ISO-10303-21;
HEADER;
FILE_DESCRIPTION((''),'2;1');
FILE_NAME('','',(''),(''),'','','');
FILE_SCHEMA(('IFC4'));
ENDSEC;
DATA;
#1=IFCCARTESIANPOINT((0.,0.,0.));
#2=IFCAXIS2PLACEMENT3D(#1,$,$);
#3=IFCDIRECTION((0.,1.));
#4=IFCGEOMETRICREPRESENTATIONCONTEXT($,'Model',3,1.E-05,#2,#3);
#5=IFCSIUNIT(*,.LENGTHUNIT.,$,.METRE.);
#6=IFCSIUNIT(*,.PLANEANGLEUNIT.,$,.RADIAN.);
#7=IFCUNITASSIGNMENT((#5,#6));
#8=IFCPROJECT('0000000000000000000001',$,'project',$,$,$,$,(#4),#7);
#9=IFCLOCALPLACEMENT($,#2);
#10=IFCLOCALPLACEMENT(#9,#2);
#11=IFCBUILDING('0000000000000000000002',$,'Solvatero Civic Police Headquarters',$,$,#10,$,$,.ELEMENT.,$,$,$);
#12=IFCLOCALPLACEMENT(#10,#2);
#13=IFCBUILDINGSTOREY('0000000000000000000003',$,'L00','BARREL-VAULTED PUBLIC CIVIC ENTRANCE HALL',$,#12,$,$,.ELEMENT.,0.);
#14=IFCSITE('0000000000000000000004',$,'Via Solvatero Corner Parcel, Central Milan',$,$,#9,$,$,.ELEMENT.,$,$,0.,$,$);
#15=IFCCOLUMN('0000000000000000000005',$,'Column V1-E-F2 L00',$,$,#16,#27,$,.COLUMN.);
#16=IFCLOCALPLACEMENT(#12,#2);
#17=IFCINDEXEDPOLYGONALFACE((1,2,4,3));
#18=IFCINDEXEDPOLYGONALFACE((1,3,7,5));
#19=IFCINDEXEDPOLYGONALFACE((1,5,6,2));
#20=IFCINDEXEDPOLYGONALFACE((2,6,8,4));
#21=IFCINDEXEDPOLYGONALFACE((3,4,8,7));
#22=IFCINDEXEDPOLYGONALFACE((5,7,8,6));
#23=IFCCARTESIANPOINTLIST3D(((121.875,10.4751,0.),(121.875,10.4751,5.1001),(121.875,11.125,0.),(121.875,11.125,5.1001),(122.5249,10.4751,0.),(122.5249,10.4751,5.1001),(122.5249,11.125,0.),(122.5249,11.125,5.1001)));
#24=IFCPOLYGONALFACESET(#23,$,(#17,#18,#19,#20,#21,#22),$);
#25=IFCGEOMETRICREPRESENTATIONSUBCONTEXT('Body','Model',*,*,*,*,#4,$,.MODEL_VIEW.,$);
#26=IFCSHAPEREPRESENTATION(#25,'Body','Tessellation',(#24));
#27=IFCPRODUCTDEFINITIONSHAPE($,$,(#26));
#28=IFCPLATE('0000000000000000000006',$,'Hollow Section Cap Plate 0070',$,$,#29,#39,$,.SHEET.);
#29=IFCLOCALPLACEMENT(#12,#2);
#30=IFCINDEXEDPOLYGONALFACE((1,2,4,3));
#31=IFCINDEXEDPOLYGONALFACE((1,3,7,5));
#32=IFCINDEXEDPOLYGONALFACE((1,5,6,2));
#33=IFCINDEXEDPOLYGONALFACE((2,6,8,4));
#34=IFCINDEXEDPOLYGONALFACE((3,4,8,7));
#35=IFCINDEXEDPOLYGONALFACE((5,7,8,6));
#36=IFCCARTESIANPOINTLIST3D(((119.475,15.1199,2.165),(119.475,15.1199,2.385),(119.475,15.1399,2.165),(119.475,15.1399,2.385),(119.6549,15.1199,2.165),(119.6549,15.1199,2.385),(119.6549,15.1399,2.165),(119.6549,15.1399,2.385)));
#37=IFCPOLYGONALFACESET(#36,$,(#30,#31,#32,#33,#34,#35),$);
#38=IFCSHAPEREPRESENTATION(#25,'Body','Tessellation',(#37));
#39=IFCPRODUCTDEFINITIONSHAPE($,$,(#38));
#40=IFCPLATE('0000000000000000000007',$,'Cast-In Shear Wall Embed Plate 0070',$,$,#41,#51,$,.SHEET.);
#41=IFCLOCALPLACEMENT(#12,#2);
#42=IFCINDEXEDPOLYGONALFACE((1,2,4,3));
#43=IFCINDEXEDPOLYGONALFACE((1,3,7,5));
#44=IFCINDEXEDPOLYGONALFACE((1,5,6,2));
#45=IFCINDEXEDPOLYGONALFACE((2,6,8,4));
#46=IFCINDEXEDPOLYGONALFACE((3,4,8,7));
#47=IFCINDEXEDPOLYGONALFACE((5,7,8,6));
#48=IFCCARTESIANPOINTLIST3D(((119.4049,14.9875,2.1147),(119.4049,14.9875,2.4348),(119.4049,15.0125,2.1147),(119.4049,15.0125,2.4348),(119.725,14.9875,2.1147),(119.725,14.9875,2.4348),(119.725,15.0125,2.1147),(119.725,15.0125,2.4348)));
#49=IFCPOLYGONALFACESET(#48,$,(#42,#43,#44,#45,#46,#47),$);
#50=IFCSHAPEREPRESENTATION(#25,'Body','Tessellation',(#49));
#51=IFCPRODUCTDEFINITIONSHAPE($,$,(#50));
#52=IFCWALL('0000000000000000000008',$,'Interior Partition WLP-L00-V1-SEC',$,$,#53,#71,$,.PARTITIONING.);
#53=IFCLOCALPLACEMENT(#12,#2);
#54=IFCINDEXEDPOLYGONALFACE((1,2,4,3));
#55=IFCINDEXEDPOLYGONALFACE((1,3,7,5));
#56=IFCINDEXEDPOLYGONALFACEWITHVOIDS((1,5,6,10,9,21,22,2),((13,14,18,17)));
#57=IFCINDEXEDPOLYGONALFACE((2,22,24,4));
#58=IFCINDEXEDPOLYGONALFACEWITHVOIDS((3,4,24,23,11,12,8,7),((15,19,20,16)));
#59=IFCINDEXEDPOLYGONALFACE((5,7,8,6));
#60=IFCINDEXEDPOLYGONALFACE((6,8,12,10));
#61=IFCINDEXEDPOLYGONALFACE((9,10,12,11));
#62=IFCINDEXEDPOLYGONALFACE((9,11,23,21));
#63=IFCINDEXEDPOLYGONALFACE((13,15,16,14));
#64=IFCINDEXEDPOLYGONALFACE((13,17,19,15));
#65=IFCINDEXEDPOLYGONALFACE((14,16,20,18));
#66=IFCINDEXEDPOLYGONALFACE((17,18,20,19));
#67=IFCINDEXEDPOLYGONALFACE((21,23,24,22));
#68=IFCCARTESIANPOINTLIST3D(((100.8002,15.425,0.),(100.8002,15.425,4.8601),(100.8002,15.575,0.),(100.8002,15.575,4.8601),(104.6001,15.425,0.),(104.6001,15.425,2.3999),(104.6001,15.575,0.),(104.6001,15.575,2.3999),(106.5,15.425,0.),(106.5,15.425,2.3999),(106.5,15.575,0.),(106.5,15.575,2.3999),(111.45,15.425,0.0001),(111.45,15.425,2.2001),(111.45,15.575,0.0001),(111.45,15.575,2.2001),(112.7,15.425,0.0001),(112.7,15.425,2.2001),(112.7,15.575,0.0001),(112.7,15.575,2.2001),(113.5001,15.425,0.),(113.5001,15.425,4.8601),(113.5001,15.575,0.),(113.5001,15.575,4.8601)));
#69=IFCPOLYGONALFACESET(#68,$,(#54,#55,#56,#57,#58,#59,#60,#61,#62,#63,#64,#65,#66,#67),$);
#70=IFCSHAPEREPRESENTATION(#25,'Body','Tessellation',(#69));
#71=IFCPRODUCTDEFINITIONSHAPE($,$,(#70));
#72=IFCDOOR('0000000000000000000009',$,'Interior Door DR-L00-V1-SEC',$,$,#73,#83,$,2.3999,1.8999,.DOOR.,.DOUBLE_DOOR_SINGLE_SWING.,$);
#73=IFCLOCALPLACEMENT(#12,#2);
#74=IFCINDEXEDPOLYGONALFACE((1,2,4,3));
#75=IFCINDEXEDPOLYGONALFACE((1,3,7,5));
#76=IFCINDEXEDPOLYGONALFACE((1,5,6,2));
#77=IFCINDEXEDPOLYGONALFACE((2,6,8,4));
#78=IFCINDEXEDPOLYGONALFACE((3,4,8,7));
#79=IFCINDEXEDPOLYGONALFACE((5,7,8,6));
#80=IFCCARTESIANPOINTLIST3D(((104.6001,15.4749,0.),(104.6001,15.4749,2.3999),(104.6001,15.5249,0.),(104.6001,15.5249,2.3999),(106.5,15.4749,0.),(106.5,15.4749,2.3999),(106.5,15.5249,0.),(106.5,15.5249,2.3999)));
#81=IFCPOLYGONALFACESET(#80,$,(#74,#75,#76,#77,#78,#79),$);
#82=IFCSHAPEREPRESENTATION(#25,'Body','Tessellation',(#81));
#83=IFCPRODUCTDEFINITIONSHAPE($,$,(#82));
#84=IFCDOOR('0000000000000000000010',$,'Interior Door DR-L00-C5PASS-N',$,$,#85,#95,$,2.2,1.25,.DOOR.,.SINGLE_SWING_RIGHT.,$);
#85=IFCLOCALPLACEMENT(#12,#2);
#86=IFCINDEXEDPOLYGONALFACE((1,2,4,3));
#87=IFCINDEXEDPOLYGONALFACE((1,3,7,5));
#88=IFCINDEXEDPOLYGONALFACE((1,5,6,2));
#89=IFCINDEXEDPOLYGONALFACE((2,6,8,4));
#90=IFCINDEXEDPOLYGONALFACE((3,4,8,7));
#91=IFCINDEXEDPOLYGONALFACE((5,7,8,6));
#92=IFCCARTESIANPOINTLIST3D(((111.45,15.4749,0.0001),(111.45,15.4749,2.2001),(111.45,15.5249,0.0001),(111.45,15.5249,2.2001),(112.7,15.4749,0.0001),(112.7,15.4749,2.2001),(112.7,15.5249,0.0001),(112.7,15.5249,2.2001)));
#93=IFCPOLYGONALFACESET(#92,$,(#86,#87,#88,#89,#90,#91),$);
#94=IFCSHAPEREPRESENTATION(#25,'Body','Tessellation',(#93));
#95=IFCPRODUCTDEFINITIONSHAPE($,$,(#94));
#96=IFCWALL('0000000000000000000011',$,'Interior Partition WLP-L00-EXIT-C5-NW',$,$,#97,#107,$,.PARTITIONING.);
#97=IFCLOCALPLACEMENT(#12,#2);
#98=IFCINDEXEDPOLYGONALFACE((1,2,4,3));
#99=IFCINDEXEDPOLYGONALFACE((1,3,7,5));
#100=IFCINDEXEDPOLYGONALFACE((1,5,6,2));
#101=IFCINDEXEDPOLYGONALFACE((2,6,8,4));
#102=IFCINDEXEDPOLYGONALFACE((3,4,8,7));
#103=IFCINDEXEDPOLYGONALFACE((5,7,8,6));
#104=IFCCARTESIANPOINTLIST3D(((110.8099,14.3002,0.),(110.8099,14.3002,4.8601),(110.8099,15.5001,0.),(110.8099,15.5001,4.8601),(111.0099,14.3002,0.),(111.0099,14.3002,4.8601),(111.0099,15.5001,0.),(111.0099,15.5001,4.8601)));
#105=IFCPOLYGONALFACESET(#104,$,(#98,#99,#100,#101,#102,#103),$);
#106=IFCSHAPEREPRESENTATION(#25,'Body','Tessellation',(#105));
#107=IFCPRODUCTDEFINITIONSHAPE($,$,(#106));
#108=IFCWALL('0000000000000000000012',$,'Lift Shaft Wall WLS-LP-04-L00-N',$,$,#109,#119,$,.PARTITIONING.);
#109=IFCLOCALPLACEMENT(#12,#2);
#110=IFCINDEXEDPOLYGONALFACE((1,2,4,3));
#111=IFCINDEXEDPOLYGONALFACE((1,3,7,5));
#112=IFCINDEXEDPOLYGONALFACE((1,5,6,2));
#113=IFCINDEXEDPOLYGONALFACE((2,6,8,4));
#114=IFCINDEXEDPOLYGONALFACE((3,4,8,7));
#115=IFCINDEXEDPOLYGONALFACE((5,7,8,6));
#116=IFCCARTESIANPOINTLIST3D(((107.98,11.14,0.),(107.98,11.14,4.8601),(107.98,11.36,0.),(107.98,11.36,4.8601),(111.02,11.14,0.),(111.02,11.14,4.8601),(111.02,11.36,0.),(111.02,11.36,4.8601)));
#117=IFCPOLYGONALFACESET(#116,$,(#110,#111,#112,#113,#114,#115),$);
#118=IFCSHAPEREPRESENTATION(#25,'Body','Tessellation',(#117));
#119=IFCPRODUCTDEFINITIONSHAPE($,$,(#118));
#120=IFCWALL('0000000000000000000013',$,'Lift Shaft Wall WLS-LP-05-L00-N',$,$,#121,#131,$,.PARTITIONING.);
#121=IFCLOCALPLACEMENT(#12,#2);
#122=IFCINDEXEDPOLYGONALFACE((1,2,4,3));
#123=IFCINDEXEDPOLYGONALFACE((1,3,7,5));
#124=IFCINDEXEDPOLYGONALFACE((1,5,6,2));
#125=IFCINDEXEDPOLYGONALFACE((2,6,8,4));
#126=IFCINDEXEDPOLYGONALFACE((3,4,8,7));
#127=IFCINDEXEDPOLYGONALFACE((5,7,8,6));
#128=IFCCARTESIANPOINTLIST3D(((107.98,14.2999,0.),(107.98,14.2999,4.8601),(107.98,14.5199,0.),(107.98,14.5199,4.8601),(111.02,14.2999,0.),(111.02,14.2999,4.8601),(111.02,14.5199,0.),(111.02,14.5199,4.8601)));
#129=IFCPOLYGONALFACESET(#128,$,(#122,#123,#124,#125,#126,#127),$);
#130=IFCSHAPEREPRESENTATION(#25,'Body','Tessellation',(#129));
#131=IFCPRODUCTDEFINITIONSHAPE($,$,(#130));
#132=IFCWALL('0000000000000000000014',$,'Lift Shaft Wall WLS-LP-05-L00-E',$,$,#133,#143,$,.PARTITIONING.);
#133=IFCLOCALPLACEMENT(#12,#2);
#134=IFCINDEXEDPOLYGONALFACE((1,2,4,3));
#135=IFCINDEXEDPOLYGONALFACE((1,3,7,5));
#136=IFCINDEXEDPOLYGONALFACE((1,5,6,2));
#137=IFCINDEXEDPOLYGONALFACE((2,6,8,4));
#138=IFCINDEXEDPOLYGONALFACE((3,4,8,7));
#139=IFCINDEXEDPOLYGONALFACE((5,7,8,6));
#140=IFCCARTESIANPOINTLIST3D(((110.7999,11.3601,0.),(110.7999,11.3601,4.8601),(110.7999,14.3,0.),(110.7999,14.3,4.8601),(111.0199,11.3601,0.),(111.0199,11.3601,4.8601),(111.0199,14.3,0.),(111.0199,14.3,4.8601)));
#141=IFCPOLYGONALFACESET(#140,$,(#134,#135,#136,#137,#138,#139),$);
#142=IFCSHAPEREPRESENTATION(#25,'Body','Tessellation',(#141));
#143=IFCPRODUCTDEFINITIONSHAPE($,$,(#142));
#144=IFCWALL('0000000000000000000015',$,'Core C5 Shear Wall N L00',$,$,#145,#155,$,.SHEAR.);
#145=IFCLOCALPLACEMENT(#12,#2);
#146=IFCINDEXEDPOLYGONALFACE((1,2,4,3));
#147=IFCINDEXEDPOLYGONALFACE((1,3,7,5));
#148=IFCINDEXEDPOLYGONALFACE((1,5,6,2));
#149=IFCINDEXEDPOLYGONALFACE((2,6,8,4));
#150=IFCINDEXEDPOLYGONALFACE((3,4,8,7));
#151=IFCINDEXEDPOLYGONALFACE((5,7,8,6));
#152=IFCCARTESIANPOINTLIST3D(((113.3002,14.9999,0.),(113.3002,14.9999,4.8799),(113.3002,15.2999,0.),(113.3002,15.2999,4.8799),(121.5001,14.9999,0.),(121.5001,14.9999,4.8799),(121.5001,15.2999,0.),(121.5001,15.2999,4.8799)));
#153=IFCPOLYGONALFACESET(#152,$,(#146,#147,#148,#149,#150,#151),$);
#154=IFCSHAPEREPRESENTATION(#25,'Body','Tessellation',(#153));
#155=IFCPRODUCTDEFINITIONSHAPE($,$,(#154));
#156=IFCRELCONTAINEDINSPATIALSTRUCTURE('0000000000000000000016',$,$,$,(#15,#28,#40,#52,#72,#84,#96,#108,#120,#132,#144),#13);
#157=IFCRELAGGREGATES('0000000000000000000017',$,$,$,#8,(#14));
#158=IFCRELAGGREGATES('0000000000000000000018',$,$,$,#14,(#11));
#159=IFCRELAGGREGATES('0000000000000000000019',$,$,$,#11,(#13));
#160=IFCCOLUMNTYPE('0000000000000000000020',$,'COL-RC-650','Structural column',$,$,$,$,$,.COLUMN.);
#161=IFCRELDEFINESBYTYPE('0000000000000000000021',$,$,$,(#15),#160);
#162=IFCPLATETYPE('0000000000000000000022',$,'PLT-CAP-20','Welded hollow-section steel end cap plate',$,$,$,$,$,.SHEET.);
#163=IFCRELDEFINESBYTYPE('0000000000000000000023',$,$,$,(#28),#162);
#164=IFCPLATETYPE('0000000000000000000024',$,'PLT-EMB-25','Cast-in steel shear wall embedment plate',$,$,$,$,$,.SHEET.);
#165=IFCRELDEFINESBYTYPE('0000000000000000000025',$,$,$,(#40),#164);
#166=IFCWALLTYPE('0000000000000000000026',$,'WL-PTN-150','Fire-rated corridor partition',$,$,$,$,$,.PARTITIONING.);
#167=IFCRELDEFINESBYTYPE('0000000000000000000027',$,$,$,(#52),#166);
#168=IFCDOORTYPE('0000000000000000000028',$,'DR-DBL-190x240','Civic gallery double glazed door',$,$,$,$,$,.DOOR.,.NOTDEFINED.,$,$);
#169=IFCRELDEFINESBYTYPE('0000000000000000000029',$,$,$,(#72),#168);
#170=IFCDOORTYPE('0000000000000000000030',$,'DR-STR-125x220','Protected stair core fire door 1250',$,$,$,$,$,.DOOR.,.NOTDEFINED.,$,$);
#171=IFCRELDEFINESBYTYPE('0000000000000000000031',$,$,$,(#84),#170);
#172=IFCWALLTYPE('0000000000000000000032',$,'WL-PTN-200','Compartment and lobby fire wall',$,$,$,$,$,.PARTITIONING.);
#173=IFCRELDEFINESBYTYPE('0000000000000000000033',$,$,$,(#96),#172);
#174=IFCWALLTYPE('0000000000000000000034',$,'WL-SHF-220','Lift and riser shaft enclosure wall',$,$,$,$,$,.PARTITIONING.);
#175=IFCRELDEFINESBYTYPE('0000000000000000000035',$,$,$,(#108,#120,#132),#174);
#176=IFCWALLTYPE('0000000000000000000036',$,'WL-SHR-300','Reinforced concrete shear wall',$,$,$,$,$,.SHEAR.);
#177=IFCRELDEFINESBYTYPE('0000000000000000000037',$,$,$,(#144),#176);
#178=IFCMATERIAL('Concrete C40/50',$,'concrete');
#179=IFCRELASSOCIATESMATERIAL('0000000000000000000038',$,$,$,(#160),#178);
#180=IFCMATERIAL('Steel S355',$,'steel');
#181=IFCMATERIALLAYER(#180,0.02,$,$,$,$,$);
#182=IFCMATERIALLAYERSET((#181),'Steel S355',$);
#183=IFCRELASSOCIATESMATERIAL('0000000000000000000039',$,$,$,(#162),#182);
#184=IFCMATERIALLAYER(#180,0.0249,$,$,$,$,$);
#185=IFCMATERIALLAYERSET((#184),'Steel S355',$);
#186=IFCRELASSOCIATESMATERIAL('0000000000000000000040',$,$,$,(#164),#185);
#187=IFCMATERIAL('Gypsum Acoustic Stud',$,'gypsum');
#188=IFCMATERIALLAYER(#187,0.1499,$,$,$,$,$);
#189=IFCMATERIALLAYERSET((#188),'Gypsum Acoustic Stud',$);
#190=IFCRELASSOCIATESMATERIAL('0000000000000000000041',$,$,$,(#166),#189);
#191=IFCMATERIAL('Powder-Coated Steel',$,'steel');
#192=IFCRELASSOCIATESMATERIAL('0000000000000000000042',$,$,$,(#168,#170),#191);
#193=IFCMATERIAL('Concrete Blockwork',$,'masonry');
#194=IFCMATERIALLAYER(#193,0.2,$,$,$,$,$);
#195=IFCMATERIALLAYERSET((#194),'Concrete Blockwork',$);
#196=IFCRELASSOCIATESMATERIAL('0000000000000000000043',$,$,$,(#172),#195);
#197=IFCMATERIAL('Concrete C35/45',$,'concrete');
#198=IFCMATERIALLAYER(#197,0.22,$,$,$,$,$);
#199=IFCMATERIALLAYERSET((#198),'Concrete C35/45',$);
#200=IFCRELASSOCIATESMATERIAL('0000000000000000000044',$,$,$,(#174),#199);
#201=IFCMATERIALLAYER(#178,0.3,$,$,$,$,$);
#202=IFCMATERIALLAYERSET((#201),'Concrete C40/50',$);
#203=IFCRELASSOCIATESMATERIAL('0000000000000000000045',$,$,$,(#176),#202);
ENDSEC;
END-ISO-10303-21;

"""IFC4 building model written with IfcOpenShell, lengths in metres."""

from ifc_helpers import new_model, si_unit, direction, frame, frame_2d, origin, origin_2d, place, context, subcontext, project, spatial, rectangle, extrude, material, layer, layer_set, material_profile, profile_set, type_object, element, fill, save


model = new_model("IFC4")

# Units and contexts
model_context = context("Model", 3, precision=1e-05, world=origin(), true_north=direction((0.0, 1.0)))
body_context = subcontext(model_context, "Body", "Model", "MODEL_VIEW")
ifc_project = project(units=[si_unit("LENGTHUNIT", "METRE"), si_unit("PLANEANGLEUNIT", "RADIAN")], contexts=[model_context])

# Site, building, storey
site_placement = place(None, origin())
site = spatial("IfcSite", under=ifc_project, at=site_placement, Name="Via Solvatero Corner Parcel, Central Milan", CompositionType="ELEMENT", RefElevation=0.0)
building_placement = place(site_placement, origin())
building = spatial("IfcBuilding", under=site, at=building_placement, Name="Solvatero Civic Police Headquarters", CompositionType="ELEMENT")
storey_placement = place(building_placement, origin())
storey = spatial("IfcBuildingStorey", under=building, at=storey_placement, Name="L00", Description="BARREL-VAULTED PUBLIC CIVIC ENTRANCE HALL", CompositionType="ELEMENT", Elevation=0.0)

# Column
ifc_material_1 = material(Name="Concrete C40/50", Category="concrete")
ifc_material_profile = material_profile(ifc_material_1, rectangle(XDim=0.6499, YDim=0.6499, at=origin_2d()), Name="RC 650x650")
ifc_profile_set = profile_set([ifc_material_profile], Name="Concrete C40/50")
column_type = type_object("IfcColumnType", Name="COL-RC-650", Description="Structural column", PredefinedType="COLUMN", material=ifc_profile_set)
column_placement = place(storey_placement, frame((122.2, 10.8, 0.0), z_axis=(0.0, 0.0, 1.0), x_axis=(1.0, 0.0, 0.0)))
element("IfcColumn", 1, at=column_placement, inside=storey, type_object=column_type, Name="Column V1-E-F2 L00", PredefinedType="COLUMN", context=body_context, shape_type="SweptSolid", body=[
    extrude(rectangle(XDim=0.6499, YDim=0.6499, at=origin_2d()), origin(), (0.0, 0.0, 1.0), 5.1001),
])

# Plates
ifc_material_2 = material(Name="Steel S355", Category="steel")
ifc_layer_1 = layer(ifc_material_2, 0.02)
ifc_layer_set_1 = layer_set([ifc_layer_1], Name="Steel S355")
plate_type_1 = type_object("IfcPlateType", Name="PLT-CAP-20", Description="Welded hollow-section steel end cap plate", PredefinedType="SHEET", material=ifc_layer_set_1)
plate_1_placement = place(storey_placement, frame((119.5649, 15.1299, 2.165), z_axis=(0.0, 0.0, 1.0), x_axis=(1.0, 0.0, 0.0)))
element("IfcPlate", 2, at=plate_1_placement, inside=storey, type_object=plate_type_1, Name="Hollow Section Cap Plate 0070", PredefinedType="SHEET", context=body_context, shape_type="SweptSolid", body=[
    extrude(rectangle(XDim=0.1799, YDim=0.02, at=origin_2d()), origin(), (0.0, 0.0, 1.0), 0.22),
])
ifc_layer_2 = layer(ifc_material_2, 0.0249)
ifc_layer_set_2 = layer_set([ifc_layer_2], Name="Steel S355")
plate_type_2 = type_object("IfcPlateType", Name="PLT-EMB-25", Description="Cast-in steel shear wall embedment plate", PredefinedType="SHEET", material=ifc_layer_set_2)
plate_2_placement = place(storey_placement, frame((119.5649, 15.0, 2.1147), z_axis=(0.0, 0.0, 1.0), x_axis=(1.0, 0.0, 0.0)))
element("IfcPlate", 3, at=plate_2_placement, inside=storey, type_object=plate_type_2, Name="Cast-In Shear Wall Embed Plate 0070", PredefinedType="SHEET", context=body_context, shape_type="SweptSolid", body=[
    extrude(rectangle(XDim=0.3201, YDim=0.0249, at=origin_2d()), origin(), (0.0, 0.0, 1.0), 0.3201),
])

# Wall, openings, doors
ifc_material_3 = material(Name="Gypsum Acoustic Stud", Category="gypsum")
ifc_layer_3 = layer(ifc_material_3, 0.1499)
ifc_layer_set_3 = layer_set([ifc_layer_3], Name="Gypsum Acoustic Stud")
wall_type_1 = type_object("IfcWallType", Name="WL-PTN-150", Description="Fire-rated corridor partition", PredefinedType="PARTITIONING", material=ifc_layer_set_3)
wall_1_placement = place(storey_placement, frame((100.8, 15.5, 0.0), z_axis=(0.0, 0.0, 1.0), x_axis=(1.0, 0.0, 0.0)))
wall_1 = element("IfcWall", 4, at=wall_1_placement, inside=storey, type_object=wall_type_1, Name="Interior Partition WLP-L00-V1-SEC", PredefinedType="PARTITIONING", context=body_context, shape_type="SweptSolid", body=[
    extrude(rectangle(XDim=12.7, YDim=0.1499, at=frame_2d((6.3501, 0.0))), origin(), (0.0, 0.0, 1.0), 4.8601),
])
opening_1_placement = place(wall_1_placement, frame((3.8, 0.0, 0.0)))
opening_1 = element("IfcOpeningElement", 5, at=opening_1_placement, cuts=wall_1, PredefinedType="OPENING", context=body_context, shape_type="SweptSolid", body=[
    extrude(rectangle(XDim=1.8999, YDim=2.3999, at=frame_2d((0.95, 1.2))), frame((0.0, 0.085, 0.0), z_axis=(0.0, -1.0, 0.0), x_axis=(1.0, 0.0, 0.0)), (0.0, 0.0, 1.0), 0.1699),
])
opening_2_placement = place(wall_1_placement, frame((10.6499, 0.0, 0.0)))
opening_2 = element("IfcOpeningElement", 6, at=opening_2_placement, cuts=wall_1, PredefinedType="OPENING", context=body_context, shape_type="SweptSolid", body=[
    extrude(rectangle(XDim=1.25, YDim=2.2, at=frame_2d((0.625, 1.1001))), frame((0.0, 0.085, 0.0), z_axis=(0.0, -1.0, 0.0), x_axis=(1.0, 0.0, 0.0)), (0.0, 0.0, 1.0), 0.1699),
])
ifc_material_4 = material(Name="Powder-Coated Steel", Category="steel")
door_type_1 = type_object("IfcDoorType", Name="DR-DBL-190x240", Description="Civic gallery double glazed door", OperationType="NOTDEFINED", PredefinedType="DOOR", material=ifc_material_4)
door_1_placement = place(opening_1_placement, origin())
door_1 = element("IfcDoor", 7, at=door_1_placement, inside=storey, type_object=door_type_1, Name="Interior Door DR-L00-V1-SEC", OperationType="DOUBLE_DOOR_SINGLE_SWING", OverallHeight=2.3999, OverallWidth=1.8999, PredefinedType="DOOR", context=body_context, shape_type="SweptSolid", body=[
    extrude(rectangle(XDim=1.8999, YDim=2.3999, at=frame_2d((0.95, 1.2))), frame((0.0, 0.0249, 0.0), z_axis=(0.0, -1.0, 0.0), x_axis=(1.0, 0.0, 0.0)), (0.0, 0.0, 1.0), 0.05),
])
fill(opening_1, door_1)
door_type_2 = type_object("IfcDoorType", Name="DR-STR-125x220", Description="Protected stair core fire door 1250", OperationType="NOTDEFINED", PredefinedType="DOOR", material=ifc_material_4)
door_2_placement = place(opening_2_placement, origin())
door_2 = element("IfcDoor", 8, at=door_2_placement, inside=storey, type_object=door_type_2, Name="Interior Door DR-L00-C5PASS-N", OperationType="SINGLE_SWING_RIGHT", OverallHeight=2.2, OverallWidth=1.25, PredefinedType="DOOR", context=body_context, shape_type="SweptSolid", body=[
    extrude(rectangle(XDim=1.25, YDim=2.2, at=frame_2d((0.625, 1.1001))), frame((0.0, 0.0249, 0.0), z_axis=(0.0, -1.0, 0.0), x_axis=(1.0, 0.0, 0.0)), (0.0, 0.0, 1.0), 0.05),
])
fill(opening_2, door_2)

# Walls
ifc_material_5 = material(Name="Concrete Blockwork", Category="masonry")
ifc_layer_4 = layer(ifc_material_5, 0.2)
ifc_layer_set_4 = layer_set([ifc_layer_4], Name="Concrete Blockwork")
wall_type_2 = type_object("IfcWallType", Name="WL-PTN-200", Description="Compartment and lobby fire wall", PredefinedType="PARTITIONING", material=ifc_layer_set_4)
wall_2_placement = place(storey_placement, frame((110.9099, 14.3, 0.0), z_axis=(0.0, 0.0, 1.0), x_axis=(0.0, 1.0, 0.0)))
element("IfcWall", 9, at=wall_2_placement, inside=storey, type_object=wall_type_2, Name="Interior Partition WLP-L00-EXIT-C5-NW", PredefinedType="PARTITIONING", context=body_context, shape_type="SweptSolid", body=[
    extrude(rectangle(XDim=1.2, YDim=0.2, at=frame_2d((0.6001, 0.0))), origin(), (0.0, 0.0, 1.0), 4.8601),
])
ifc_material_6 = material(Name="Concrete C35/45", Category="concrete")
ifc_layer_5 = layer(ifc_material_6, 0.22)
ifc_layer_set_5 = layer_set([ifc_layer_5], Name="Concrete C35/45")
wall_type_3 = type_object("IfcWallType", Name="WL-SHF-220", Description="Lift and riser shaft enclosure wall", PredefinedType="PARTITIONING", material=ifc_layer_set_5)
for number, where, z_axis, x_axis, name in (
    (10, (107.98, 11.25, 0.0), (0.0, 0.0, 1.0), (1.0, 0.0, 0.0), "Lift Shaft Wall WLS-LP-04-L00-N"),
    (11, (107.98, 14.4099, 0.0), (0.0, 0.0, 1.0), (1.0, 0.0, 0.0), "Lift Shaft Wall WLS-LP-05-L00-N"),
):
    element("IfcWall", number, at=place(storey_placement, frame(where, z_axis=z_axis, x_axis=x_axis)), inside=storey, type_object=wall_type_3, Name=name, PredefinedType="PARTITIONING", context=body_context, shape_type="SweptSolid", body=[
        extrude(rectangle(XDim=3.04, YDim=0.22, at=frame_2d((1.52, 0.0))), origin(), (0.0, 0.0, 1.0), 4.8601),
    ])

# Walls
wall_3_placement = place(storey_placement, frame((110.9099, 11.3601, 0.0), z_axis=(0.0, 0.0, 1.0), x_axis=(0.0, 1.0, 0.0)))
element("IfcWall", 12, at=wall_3_placement, inside=storey, type_object=wall_type_3, Name="Lift Shaft Wall WLS-LP-05-L00-E", PredefinedType="PARTITIONING", context=body_context, shape_type="SweptSolid", body=[
    extrude(rectangle(XDim=2.9399, YDim=0.22, at=frame_2d((1.47, 0.0))), origin(), (0.0, 0.0, 1.0), 4.8601),
])
ifc_layer_6 = layer(ifc_material_1, 0.3)
ifc_layer_set_6 = layer_set([ifc_layer_6], Name="Concrete C40/50")
wall_type_4 = type_object("IfcWallType", Name="WL-SHR-300", Description="Reinforced concrete shear wall", PredefinedType="SHEAR", material=ifc_layer_set_6)
wall_4_placement = place(storey_placement, frame((113.3, 15.1499, 0.0), z_axis=(0.0, 0.0, 1.0), x_axis=(1.0, 0.0, 0.0)))
element("IfcWall", 13, at=wall_4_placement, inside=storey, type_object=wall_type_4, Name="Core C5 Shear Wall N L00", PredefinedType="SHEAR", context=body_context, shape_type="SweptSolid", body=[
    extrude(rectangle(XDim=8.2, YDim=0.3, at=frame_2d((4.1001, 0.0))), origin(), (0.0, 0.0, 1.0), 4.8799),
])

save(model, "model.ifc")
